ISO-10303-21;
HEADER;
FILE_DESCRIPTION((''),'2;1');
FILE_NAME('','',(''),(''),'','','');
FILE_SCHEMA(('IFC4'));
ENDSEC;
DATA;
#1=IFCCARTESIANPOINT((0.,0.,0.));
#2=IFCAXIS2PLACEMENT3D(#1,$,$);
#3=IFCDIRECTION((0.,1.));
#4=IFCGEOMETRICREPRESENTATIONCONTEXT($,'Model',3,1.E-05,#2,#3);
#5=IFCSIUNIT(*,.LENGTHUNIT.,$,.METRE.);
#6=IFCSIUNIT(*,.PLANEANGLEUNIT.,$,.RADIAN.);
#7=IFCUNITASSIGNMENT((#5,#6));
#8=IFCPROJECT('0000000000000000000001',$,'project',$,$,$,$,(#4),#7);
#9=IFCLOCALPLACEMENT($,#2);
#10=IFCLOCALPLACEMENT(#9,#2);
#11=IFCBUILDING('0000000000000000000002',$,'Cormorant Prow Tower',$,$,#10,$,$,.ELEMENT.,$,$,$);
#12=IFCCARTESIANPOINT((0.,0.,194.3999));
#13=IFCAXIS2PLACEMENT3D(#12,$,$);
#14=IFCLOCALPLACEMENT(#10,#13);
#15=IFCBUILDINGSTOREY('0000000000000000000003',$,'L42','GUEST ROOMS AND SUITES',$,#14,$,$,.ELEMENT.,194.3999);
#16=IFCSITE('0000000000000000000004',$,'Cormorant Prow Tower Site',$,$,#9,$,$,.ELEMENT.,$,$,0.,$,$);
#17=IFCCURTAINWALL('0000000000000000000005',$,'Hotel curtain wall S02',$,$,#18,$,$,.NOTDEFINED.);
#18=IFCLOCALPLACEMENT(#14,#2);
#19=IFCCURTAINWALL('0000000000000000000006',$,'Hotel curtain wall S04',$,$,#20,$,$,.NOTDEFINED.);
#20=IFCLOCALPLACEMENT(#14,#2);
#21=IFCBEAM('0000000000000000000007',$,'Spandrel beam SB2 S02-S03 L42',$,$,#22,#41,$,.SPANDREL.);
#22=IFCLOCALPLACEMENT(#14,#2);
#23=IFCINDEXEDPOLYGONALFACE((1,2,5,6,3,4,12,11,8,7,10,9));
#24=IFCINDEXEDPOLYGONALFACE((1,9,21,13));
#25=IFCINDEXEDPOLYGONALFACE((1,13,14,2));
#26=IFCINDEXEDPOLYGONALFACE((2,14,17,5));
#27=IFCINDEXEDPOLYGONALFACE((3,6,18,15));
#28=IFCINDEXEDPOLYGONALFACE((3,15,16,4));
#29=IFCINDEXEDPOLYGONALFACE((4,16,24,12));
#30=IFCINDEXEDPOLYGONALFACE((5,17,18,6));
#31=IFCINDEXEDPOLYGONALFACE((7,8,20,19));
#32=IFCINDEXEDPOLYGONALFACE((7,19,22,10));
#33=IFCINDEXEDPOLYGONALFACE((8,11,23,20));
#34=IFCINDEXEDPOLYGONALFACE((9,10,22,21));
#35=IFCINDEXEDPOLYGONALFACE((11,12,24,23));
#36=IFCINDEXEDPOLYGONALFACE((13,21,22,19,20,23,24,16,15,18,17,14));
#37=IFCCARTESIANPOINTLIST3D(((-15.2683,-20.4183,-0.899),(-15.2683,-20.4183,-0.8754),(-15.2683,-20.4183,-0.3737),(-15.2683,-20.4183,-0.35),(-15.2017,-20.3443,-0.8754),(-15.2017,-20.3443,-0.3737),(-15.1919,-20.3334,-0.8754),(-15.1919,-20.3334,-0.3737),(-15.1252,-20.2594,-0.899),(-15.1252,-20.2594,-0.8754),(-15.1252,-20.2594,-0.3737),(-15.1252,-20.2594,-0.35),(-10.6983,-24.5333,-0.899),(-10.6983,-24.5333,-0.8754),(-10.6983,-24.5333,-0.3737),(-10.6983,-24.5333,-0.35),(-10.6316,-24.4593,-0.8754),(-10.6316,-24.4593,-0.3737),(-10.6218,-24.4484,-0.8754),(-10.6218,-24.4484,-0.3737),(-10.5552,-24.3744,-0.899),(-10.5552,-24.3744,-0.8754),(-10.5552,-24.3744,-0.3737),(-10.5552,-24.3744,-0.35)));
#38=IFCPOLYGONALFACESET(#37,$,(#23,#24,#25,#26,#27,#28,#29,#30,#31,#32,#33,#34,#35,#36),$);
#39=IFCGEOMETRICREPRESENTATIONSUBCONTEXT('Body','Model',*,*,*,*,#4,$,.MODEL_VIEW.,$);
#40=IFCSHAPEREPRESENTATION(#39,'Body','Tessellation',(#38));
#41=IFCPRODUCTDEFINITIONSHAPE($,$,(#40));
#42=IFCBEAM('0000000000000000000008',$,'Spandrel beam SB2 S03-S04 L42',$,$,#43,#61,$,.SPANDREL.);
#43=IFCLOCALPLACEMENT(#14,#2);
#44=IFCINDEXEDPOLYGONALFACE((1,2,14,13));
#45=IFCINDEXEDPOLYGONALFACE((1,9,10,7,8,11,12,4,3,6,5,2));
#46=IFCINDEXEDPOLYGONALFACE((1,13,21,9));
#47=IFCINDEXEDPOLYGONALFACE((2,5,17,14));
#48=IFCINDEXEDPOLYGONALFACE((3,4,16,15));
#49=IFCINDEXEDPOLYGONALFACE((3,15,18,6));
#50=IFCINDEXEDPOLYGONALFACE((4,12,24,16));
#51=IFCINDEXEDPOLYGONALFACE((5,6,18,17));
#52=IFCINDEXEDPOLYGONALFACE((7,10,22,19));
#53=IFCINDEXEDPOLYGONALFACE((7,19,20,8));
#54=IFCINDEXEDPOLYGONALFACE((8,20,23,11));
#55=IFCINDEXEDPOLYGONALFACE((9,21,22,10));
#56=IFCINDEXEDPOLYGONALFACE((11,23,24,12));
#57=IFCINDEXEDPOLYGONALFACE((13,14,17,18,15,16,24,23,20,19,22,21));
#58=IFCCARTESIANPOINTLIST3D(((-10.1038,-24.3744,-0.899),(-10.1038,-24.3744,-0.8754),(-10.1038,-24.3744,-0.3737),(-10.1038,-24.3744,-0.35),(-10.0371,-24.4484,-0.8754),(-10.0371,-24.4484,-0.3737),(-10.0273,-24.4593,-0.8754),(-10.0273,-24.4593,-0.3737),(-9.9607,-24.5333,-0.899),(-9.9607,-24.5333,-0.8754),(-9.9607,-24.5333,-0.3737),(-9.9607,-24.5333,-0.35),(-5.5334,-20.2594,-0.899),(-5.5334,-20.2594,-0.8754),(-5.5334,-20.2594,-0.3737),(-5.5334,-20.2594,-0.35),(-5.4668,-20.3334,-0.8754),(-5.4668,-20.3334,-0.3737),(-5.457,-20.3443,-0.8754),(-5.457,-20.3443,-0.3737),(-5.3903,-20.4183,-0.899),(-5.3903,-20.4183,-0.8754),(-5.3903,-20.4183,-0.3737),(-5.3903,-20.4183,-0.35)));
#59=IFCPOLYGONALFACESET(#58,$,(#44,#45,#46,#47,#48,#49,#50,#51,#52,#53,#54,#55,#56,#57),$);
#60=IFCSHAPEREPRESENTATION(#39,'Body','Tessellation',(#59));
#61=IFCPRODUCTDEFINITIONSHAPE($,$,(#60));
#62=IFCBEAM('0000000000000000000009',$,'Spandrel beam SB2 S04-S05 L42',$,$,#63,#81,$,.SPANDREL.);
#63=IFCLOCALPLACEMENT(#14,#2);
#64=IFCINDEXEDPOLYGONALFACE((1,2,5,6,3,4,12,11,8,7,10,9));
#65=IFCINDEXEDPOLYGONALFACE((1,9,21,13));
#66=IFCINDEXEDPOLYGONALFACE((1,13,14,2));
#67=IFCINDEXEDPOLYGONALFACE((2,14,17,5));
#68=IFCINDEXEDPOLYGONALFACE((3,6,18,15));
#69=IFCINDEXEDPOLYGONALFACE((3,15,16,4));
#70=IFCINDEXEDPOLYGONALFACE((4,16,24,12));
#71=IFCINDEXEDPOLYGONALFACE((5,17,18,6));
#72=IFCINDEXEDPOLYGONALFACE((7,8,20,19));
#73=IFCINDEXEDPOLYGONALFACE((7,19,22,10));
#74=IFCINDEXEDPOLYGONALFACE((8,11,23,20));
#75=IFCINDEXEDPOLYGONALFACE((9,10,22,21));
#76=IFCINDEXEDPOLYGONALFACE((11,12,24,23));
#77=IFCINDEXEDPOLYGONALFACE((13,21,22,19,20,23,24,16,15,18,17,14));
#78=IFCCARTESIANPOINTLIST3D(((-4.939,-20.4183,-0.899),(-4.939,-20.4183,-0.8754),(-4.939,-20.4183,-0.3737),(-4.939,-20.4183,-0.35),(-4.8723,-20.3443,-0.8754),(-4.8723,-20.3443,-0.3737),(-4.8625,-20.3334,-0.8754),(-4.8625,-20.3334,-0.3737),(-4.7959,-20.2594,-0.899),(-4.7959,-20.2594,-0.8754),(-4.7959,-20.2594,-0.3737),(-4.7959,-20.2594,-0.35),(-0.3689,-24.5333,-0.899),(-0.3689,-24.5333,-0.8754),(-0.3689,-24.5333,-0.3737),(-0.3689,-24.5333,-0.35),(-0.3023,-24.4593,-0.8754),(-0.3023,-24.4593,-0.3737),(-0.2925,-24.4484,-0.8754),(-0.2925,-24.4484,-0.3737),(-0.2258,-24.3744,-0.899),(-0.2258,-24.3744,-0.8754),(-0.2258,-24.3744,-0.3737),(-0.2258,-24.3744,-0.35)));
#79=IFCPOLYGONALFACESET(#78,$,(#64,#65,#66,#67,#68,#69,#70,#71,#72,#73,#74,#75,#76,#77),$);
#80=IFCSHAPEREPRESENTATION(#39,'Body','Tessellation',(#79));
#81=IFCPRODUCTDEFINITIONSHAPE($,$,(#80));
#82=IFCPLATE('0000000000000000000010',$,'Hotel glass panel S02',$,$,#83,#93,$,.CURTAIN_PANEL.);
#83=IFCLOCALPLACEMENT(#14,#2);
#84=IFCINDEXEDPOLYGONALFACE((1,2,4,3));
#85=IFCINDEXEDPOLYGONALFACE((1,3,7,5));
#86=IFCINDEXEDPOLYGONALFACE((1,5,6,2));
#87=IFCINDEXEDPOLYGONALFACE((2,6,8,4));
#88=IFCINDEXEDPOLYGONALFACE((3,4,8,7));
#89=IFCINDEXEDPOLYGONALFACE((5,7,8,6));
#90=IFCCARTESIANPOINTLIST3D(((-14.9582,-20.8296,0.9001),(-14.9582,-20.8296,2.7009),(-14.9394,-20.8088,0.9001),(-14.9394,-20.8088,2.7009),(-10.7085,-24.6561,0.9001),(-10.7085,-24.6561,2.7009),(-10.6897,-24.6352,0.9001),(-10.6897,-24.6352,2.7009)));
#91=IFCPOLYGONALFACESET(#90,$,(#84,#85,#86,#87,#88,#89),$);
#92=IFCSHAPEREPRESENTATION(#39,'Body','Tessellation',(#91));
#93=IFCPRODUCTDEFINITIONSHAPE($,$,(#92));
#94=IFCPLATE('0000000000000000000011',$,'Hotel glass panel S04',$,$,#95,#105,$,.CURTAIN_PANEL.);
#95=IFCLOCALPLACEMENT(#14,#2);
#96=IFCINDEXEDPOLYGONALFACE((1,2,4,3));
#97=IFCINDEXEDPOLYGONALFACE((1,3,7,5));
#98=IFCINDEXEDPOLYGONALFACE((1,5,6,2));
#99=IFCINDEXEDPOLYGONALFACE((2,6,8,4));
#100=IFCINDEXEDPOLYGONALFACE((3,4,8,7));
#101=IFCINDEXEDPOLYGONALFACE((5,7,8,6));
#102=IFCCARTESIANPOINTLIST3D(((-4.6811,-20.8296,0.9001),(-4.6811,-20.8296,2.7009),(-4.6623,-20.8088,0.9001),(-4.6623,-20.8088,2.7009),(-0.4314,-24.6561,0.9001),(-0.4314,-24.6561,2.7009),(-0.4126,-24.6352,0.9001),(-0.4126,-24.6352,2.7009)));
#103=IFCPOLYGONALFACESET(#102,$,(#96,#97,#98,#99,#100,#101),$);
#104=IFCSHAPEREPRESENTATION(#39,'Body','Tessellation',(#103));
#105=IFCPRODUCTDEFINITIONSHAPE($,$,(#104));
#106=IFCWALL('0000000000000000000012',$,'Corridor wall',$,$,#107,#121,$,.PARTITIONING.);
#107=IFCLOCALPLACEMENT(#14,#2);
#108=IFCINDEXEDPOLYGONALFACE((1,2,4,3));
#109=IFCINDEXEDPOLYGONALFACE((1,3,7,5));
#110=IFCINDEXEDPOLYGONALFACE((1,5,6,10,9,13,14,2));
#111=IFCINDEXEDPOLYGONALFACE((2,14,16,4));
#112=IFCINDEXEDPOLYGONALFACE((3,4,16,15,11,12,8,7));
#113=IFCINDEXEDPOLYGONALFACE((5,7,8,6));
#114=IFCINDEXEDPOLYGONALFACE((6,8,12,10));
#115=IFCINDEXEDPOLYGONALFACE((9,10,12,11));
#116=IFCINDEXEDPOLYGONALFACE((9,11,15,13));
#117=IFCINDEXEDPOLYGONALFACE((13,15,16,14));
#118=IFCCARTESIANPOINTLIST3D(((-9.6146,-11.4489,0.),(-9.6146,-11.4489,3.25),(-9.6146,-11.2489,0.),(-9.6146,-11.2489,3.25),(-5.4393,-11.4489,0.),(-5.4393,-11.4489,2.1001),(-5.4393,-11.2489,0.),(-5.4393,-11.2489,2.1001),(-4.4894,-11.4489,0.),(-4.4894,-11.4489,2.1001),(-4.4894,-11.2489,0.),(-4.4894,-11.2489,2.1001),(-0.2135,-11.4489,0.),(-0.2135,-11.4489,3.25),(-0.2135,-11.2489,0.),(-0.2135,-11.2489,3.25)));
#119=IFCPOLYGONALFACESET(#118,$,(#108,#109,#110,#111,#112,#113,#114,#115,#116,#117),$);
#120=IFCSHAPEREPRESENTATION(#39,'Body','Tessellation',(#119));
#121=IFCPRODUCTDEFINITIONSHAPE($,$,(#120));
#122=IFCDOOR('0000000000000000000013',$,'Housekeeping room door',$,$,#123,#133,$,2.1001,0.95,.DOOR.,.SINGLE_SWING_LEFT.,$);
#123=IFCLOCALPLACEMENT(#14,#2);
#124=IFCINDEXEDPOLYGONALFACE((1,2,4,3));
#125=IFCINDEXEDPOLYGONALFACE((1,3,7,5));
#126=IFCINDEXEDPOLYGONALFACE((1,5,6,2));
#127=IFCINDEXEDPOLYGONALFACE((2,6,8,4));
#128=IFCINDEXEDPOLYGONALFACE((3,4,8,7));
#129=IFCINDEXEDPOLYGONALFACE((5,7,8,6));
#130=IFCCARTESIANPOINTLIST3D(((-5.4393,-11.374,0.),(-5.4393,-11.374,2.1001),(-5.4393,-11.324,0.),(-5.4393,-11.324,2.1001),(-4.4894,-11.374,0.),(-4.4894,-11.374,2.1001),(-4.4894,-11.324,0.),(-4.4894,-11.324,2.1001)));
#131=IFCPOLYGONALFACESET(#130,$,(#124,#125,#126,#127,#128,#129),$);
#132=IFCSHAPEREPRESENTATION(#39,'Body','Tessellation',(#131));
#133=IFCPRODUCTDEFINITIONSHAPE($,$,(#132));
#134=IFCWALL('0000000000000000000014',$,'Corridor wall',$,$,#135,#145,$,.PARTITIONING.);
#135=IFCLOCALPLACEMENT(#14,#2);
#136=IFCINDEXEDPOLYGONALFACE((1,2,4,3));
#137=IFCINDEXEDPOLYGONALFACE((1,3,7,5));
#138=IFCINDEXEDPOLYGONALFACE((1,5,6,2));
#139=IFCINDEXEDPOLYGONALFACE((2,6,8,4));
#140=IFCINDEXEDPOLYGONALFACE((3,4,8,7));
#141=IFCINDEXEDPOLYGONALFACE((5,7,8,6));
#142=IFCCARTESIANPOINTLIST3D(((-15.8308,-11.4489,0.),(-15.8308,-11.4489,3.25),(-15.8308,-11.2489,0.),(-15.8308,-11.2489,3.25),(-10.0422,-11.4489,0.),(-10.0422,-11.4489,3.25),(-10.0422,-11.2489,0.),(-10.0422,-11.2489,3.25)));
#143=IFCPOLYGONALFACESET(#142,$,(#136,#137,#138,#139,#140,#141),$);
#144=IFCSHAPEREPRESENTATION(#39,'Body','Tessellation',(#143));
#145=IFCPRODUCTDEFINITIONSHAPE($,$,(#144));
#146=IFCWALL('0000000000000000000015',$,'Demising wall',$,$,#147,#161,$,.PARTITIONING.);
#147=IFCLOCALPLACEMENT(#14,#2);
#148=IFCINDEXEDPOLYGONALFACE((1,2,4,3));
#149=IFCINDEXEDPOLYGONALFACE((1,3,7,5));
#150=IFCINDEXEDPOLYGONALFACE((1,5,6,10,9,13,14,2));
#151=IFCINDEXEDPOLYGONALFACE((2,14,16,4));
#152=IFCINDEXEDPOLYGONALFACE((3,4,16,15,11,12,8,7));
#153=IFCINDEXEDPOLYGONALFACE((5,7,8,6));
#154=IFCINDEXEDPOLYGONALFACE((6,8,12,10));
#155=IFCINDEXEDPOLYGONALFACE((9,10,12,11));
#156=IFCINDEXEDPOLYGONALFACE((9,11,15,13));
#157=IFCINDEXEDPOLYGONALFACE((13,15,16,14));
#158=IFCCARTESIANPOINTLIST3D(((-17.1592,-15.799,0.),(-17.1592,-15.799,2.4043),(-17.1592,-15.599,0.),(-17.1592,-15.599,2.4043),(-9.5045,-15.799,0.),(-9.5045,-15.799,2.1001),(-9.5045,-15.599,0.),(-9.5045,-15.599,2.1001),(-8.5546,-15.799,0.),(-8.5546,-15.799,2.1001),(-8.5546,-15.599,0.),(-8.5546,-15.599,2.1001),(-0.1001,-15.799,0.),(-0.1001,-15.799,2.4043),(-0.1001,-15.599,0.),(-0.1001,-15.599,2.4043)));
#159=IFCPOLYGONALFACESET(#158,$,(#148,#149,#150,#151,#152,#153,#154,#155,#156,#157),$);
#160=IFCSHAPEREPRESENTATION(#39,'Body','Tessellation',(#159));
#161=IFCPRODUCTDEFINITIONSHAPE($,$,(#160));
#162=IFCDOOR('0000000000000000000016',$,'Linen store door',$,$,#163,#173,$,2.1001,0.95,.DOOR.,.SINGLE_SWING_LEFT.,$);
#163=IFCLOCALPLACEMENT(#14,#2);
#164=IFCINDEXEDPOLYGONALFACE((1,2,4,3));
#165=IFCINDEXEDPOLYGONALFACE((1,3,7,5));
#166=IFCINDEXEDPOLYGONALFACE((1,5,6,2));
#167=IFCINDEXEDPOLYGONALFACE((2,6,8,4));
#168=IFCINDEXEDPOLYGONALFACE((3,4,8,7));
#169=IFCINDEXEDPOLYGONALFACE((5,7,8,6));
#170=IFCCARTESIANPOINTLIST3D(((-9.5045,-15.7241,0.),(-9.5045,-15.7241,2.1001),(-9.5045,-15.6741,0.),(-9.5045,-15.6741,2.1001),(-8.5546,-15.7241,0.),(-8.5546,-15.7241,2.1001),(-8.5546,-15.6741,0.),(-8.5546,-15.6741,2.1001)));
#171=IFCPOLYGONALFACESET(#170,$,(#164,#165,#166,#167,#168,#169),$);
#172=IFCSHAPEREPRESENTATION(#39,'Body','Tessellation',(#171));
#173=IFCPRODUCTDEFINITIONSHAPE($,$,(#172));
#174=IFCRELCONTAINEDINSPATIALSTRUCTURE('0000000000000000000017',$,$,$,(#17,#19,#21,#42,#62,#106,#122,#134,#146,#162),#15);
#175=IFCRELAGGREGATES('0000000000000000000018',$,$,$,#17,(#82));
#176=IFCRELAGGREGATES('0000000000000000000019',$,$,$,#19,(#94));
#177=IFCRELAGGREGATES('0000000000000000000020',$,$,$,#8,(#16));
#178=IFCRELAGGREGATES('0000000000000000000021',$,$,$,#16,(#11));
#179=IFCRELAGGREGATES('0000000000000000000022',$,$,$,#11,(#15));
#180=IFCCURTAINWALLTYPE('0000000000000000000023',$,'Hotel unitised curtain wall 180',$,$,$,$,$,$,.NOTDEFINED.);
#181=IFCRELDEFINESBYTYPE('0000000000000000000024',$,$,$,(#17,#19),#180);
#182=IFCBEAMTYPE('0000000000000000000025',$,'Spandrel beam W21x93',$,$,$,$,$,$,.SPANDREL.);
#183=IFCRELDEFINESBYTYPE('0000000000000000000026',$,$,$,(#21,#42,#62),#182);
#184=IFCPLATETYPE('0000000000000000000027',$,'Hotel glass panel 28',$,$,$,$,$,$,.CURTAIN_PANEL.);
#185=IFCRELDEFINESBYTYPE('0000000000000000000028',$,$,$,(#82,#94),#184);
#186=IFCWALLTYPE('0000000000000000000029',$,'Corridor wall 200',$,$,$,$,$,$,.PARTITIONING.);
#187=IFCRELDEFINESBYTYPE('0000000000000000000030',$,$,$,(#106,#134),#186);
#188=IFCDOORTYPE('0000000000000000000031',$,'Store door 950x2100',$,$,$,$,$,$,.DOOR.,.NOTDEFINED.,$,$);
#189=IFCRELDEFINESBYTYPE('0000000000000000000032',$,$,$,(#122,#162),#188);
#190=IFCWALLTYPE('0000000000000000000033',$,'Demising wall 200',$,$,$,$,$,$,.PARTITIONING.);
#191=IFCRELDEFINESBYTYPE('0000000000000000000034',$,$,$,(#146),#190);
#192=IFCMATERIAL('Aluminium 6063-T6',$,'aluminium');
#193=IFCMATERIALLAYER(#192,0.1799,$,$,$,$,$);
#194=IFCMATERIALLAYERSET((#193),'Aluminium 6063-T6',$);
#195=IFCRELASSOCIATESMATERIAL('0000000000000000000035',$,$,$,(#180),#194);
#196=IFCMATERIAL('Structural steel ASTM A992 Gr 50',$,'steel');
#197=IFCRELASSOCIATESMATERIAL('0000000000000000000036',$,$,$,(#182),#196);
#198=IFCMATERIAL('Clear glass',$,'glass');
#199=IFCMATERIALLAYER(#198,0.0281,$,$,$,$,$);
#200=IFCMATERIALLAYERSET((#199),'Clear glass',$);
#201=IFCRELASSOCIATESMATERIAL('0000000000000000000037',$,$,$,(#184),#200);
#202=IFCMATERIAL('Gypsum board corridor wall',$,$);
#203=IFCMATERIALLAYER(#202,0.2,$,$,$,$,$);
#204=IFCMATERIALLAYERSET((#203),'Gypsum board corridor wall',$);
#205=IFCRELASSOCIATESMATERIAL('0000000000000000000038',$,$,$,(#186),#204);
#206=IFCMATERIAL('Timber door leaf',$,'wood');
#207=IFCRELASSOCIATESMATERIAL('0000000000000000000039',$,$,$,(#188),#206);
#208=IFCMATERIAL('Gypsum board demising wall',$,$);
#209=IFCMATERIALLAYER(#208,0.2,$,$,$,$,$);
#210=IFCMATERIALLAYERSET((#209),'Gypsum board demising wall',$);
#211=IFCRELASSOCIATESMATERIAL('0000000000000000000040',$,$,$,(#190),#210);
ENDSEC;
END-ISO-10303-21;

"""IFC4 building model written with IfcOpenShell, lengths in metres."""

from ifc_helpers import new_model, si_unit, direction, frame, frame_2d, origin, origin_2d, place, context, subcontext, project, spatial, rectangle, i_section, extrude, material, layer, layer_set, material_profile, profile_set, type_object, element, fill, aggregate, save


model = new_model("IFC4")

# Units and contexts
model_context = context("Model", 3, precision=1e-05, world=origin(), true_north=direction((0.0, 1.0)))
body_context = subcontext(model_context, "Body", "Model", "MODEL_VIEW")
ifc_project = project(units=[si_unit("LENGTHUNIT", "METRE"), si_unit("PLANEANGLEUNIT", "RADIAN")], contexts=[model_context])

# Site, building, storey
site_placement = place(None, origin())
site = spatial("IfcSite", under=ifc_project, at=site_placement, Name="Cormorant Prow Tower Site", CompositionType="ELEMENT", RefElevation=0.0)
building_placement = place(site_placement, origin())
building = spatial("IfcBuilding", under=site, at=building_placement, Name="Cormorant Prow Tower", CompositionType="ELEMENT")
storey_placement = place(building_placement, frame((0.0, 0.0, 194.3999)))
storey = spatial("IfcBuildingStorey", under=building, at=storey_placement, Name="L42", Description="GUEST ROOMS AND SUITES", CompositionType="ELEMENT", Elevation=194.3999)

# Curtain walls
ifc_material_1 = material(Name="Aluminium 6063-T6", Category="aluminium")
ifc_layer_1 = layer(ifc_material_1, 0.1799)
ifc_layer_set_1 = layer_set([ifc_layer_1], Name="Aluminium 6063-T6")
curtain_wall_type = type_object("IfcCurtainWallType", Name="Hotel unitised curtain wall 180", PredefinedType="NOTDEFINED", material=ifc_layer_set_1)
curtain_wall_1_placement = place(storey_placement, origin())
curtain_wall_1 = element("IfcCurtainWall", 1, at=curtain_wall_1_placement, inside=storey, type_object=curtain_wall_type, Name="Hotel curtain wall S02", PredefinedType="NOTDEFINED")
curtain_wall_2_placement = place(storey_placement, origin())
curtain_wall_2 = element("IfcCurtainWall", 2, at=curtain_wall_2_placement, inside=storey, type_object=curtain_wall_type, Name="Hotel curtain wall S04", PredefinedType="NOTDEFINED")

# Beams
ifc_material_2 = material(Name="Structural steel ASTM A992 Gr 50", Category="steel")
ifc_material_profile_1 = material_profile(ifc_material_2, i_section(OverallWidth=0.2139, OverallDepth=0.5491, WebThickness=0.0146, FlangeThickness=0.0237, at=origin_2d()), Name="W21x93")
ifc_profile_set_1 = profile_set([ifc_material_profile_1], Name="Structural steel ASTM A992 Gr 50")
beam_type_1 = type_object("IfcBeamType", Name="Spandrel beam W21x93", PredefinedType="SPANDREL", material=ifc_profile_set_1)
beam_1_placement = place(storey_placement, frame((-15.1968, -20.3389, -0.6245), z_axis=(0.743138, -0.669138, 0.0), x_axis=(0.669138, 0.743138, 0.0)))
element("IfcBeam", 3, at=beam_1_placement, inside=storey, type_object=beam_type_1, Name="Spandrel beam SB2 S02-S03 L42", PredefinedType="SPANDREL", context=body_context, shape_type="SweptSolid", body=[
    extrude(i_section(OverallWidth=0.2139, OverallDepth=0.5491, WebThickness=0.0146, FlangeThickness=0.0237, at=origin_2d()), origin(), (0.0, 0.0, 1.0), 6.1497),
])
beam_2_placement = place(storey_placement, frame((-10.0322, -24.4539, -0.6245), z_axis=(0.743156, 0.669118, 0.0), x_axis=(-0.669118, 0.743156, 0.0)))
element("IfcBeam", 4, at=beam_2_placement, inside=storey, type_object=beam_type_1, Name="Spandrel beam SB2 S03-S04 L42", PredefinedType="SPANDREL", context=body_context, shape_type="SweptSolid", body=[
    extrude(i_section(OverallWidth=0.2139, OverallDepth=0.5491, WebThickness=0.0146, FlangeThickness=0.0237, at=origin_2d()), origin(), (0.0, 0.0, 1.0), 6.1499),
])
beam_3_placement = place(storey_placement, frame((-4.8674, -20.3389, -0.6245), z_axis=(0.743138, -0.669138, 0.0), x_axis=(0.669138, 0.743138, 0.0)))
element("IfcBeam", 5, at=beam_3_placement, inside=storey, type_object=beam_type_1, Name="Spandrel beam SB2 S04-S05 L42", PredefinedType="SPANDREL", context=body_context, shape_type="SweptSolid", body=[
    extrude(i_section(OverallWidth=0.2139, OverallDepth=0.5491, WebThickness=0.0146, FlangeThickness=0.0237, at=origin_2d()), origin(), (0.0, 0.0, 1.0), 6.1497),
])

# Plates
ifc_material_3 = material(Name="Clear glass", Category="glass")
ifc_layer_2 = layer(ifc_material_3, 0.0281)
ifc_layer_set_2 = layer_set([ifc_layer_2], Name="Clear glass")
plate_type = type_object("IfcPlateType", Name="Hotel glass panel 28", PredefinedType="CURTAIN_PANEL", material=ifc_layer_set_2)
plate_1_placement = place(storey_placement, frame((-12.824, -22.7324, 0.9001), z_axis=(0.0, 0.0, 1.0), x_axis=(0.743145, -0.669131, 0.0)))
plate_1 = element("IfcPlate", 6, at=plate_1_placement, type_object=plate_type, Name="Hotel glass panel S02", PredefinedType="CURTAIN_PANEL", context=body_context, shape_type="SweptSolid", body=[
    extrude(rectangle(XDim=5.7185, YDim=0.0281, at=origin_2d()), origin(), (0.0, 0.0, 1.0), 1.8008),
])
aggregate(curtain_wall_1, [plate_1])
plate_2_placement = place(storey_placement, frame((-2.5469, -22.7324, 0.9001), z_axis=(0.0, 0.0, 1.0), x_axis=(0.743145, -0.669131, 0.0)))
plate_2 = element("IfcPlate", 7, at=plate_2_placement, type_object=plate_type, Name="Hotel glass panel S04", PredefinedType="CURTAIN_PANEL", context=body_context, shape_type="SweptSolid", body=[
    extrude(rectangle(XDim=5.7185, YDim=0.0281, at=origin_2d()), origin(), (0.0, 0.0, 1.0), 1.8008),
])
aggregate(curtain_wall_2, [plate_2])

# Wall, opening, door
ifc_material_4 = material(Name="Gypsum board corridor wall")
ifc_layer_3 = layer(ifc_material_4, 0.2)
ifc_layer_set_3 = layer_set([ifc_layer_3], Name="Gypsum board corridor wall")
wall_type_1 = type_object("IfcWallType", Name="Corridor wall 200", PredefinedType="PARTITIONING", material=ifc_layer_set_3)
wall_1_placement = place(storey_placement, frame((-9.6147, -11.3489, 0.0), z_axis=(0.0, 0.0, 1.0), x_axis=(1.0, 0.0, 0.0)))
wall_1 = element("IfcWall", 8, at=wall_1_placement, inside=storey, type_object=wall_type_1, Name="Corridor wall", PredefinedType="PARTITIONING", context=body_context, shape_type="SweptSolid", body=[
    extrude(rectangle(XDim=9.4011, YDim=0.2, at=frame_2d((4.7007, 0.0))), origin(), (0.0, 0.0, 1.0), 3.25),
])
opening_1_placement = place(wall_1_placement, frame((4.1753, 0.0, 0.0)))
opening_1 = element("IfcOpeningElement", 9, at=opening_1_placement, cuts=wall_1, PredefinedType="OPENING", context=body_context, shape_type="SweptSolid", body=[
    extrude(rectangle(XDim=0.95, YDim=2.1001, at=frame_2d((0.4751, 1.05))), frame((0.0, 0.1099, 0.0), z_axis=(0.0, -1.0, 0.0), x_axis=(1.0, 0.0, 0.0)), (0.0, 0.0, 1.0), 0.22),
])
ifc_material_5 = material(Name="Timber door leaf", Category="wood")
door_type_1 = type_object("IfcDoorType", Name="Store door 950x2100", OperationType="NOTDEFINED", PredefinedType="DOOR", material=ifc_material_5)
door_1_placement = place(opening_1_placement, origin())
door_1 = element("IfcDoor", 10, at=door_1_placement, inside=storey, type_object=door_type_1, Name="Housekeeping room door", OperationType="SINGLE_SWING_LEFT", OverallHeight=2.1001, OverallWidth=0.95, PredefinedType="DOOR", context=body_context, shape_type="SweptSolid", body=[
    extrude(rectangle(XDim=0.95, YDim=2.1001, at=frame_2d((0.4751, 1.05))), frame((0.0, 0.0249, 0.0), z_axis=(0.0, -1.0, 0.0), x_axis=(1.0, 0.0, 0.0)), (0.0, 0.0, 1.0), 0.05),
])
fill(opening_1, door_1)

# Wall
wall_2_placement = place(storey_placement, frame((-15.8308, -11.3489, 0.0), z_axis=(0.0, 0.0, 1.0), x_axis=(1.0, 0.0, 0.0)))
element("IfcWall", 11, at=wall_2_placement, inside=storey, type_object=wall_type_1, Name="Corridor wall", PredefinedType="PARTITIONING", context=body_context, shape_type="SweptSolid", body=[
    extrude(rectangle(XDim=5.7886, YDim=0.2, at=frame_2d((2.8943, 0.0))), origin(), (0.0, 0.0, 1.0), 3.25),
])

# Wall, opening, door
ifc_material_6 = material(Name="Gypsum board demising wall")
ifc_layer_4 = layer(ifc_material_6, 0.2)
ifc_layer_set_4 = layer_set([ifc_layer_4], Name="Gypsum board demising wall")
wall_type_2 = type_object("IfcWallType", Name="Demising wall 200", PredefinedType="PARTITIONING", material=ifc_layer_set_4)
wall_3_placement = place(storey_placement, frame((-17.1592, -15.699, 0.0), z_axis=(0.0, 0.0, 1.0), x_axis=(1.0, 0.0, 0.0)))
wall_3 = element("IfcWall", 12, at=wall_3_placement, inside=storey, type_object=wall_type_2, Name="Demising wall", PredefinedType="PARTITIONING", context=body_context, shape_type="SweptSolid", body=[
    extrude(rectangle(XDim=17.0591, YDim=0.2, at=frame_2d((8.5295, 0.0))), origin(), (0.0, 0.0, 1.0), 2.4043),
])
opening_2_placement = place(wall_3_placement, frame((7.6545, 0.0, 0.0)))
opening_2 = element("IfcOpeningElement", 13, at=opening_2_placement, cuts=wall_3, PredefinedType="OPENING", context=body_context, shape_type="SweptSolid", body=[
    extrude(rectangle(XDim=0.95, YDim=2.1001, at=frame_2d((0.4751, 1.05))), frame((0.0, 0.1099, 0.0), z_axis=(0.0, -1.0, 0.0), x_axis=(1.0, 0.0, 0.0)), (0.0, 0.0, 1.0), 0.22),
])
door_2_placement = place(opening_2_placement, origin())
door_2 = element("IfcDoor", 14, at=door_2_placement, inside=storey, type_object=door_type_1, Name="Linen store door", OperationType="SINGLE_SWING_LEFT", OverallHeight=2.1001, OverallWidth=0.95, PredefinedType="DOOR", context=body_context, shape_type="SweptSolid", body=[
    extrude(rectangle(XDim=0.95, YDim=2.1001, at=frame_2d((0.4751, 1.05))), frame((0.0, 0.0249, 0.0), z_axis=(0.0, -1.0, 0.0), x_axis=(1.0, 0.0, 0.0)), (0.0, 0.0, 1.0), 0.05),
])
fill(opening_2, door_2)

save(model, "model.ifc")
